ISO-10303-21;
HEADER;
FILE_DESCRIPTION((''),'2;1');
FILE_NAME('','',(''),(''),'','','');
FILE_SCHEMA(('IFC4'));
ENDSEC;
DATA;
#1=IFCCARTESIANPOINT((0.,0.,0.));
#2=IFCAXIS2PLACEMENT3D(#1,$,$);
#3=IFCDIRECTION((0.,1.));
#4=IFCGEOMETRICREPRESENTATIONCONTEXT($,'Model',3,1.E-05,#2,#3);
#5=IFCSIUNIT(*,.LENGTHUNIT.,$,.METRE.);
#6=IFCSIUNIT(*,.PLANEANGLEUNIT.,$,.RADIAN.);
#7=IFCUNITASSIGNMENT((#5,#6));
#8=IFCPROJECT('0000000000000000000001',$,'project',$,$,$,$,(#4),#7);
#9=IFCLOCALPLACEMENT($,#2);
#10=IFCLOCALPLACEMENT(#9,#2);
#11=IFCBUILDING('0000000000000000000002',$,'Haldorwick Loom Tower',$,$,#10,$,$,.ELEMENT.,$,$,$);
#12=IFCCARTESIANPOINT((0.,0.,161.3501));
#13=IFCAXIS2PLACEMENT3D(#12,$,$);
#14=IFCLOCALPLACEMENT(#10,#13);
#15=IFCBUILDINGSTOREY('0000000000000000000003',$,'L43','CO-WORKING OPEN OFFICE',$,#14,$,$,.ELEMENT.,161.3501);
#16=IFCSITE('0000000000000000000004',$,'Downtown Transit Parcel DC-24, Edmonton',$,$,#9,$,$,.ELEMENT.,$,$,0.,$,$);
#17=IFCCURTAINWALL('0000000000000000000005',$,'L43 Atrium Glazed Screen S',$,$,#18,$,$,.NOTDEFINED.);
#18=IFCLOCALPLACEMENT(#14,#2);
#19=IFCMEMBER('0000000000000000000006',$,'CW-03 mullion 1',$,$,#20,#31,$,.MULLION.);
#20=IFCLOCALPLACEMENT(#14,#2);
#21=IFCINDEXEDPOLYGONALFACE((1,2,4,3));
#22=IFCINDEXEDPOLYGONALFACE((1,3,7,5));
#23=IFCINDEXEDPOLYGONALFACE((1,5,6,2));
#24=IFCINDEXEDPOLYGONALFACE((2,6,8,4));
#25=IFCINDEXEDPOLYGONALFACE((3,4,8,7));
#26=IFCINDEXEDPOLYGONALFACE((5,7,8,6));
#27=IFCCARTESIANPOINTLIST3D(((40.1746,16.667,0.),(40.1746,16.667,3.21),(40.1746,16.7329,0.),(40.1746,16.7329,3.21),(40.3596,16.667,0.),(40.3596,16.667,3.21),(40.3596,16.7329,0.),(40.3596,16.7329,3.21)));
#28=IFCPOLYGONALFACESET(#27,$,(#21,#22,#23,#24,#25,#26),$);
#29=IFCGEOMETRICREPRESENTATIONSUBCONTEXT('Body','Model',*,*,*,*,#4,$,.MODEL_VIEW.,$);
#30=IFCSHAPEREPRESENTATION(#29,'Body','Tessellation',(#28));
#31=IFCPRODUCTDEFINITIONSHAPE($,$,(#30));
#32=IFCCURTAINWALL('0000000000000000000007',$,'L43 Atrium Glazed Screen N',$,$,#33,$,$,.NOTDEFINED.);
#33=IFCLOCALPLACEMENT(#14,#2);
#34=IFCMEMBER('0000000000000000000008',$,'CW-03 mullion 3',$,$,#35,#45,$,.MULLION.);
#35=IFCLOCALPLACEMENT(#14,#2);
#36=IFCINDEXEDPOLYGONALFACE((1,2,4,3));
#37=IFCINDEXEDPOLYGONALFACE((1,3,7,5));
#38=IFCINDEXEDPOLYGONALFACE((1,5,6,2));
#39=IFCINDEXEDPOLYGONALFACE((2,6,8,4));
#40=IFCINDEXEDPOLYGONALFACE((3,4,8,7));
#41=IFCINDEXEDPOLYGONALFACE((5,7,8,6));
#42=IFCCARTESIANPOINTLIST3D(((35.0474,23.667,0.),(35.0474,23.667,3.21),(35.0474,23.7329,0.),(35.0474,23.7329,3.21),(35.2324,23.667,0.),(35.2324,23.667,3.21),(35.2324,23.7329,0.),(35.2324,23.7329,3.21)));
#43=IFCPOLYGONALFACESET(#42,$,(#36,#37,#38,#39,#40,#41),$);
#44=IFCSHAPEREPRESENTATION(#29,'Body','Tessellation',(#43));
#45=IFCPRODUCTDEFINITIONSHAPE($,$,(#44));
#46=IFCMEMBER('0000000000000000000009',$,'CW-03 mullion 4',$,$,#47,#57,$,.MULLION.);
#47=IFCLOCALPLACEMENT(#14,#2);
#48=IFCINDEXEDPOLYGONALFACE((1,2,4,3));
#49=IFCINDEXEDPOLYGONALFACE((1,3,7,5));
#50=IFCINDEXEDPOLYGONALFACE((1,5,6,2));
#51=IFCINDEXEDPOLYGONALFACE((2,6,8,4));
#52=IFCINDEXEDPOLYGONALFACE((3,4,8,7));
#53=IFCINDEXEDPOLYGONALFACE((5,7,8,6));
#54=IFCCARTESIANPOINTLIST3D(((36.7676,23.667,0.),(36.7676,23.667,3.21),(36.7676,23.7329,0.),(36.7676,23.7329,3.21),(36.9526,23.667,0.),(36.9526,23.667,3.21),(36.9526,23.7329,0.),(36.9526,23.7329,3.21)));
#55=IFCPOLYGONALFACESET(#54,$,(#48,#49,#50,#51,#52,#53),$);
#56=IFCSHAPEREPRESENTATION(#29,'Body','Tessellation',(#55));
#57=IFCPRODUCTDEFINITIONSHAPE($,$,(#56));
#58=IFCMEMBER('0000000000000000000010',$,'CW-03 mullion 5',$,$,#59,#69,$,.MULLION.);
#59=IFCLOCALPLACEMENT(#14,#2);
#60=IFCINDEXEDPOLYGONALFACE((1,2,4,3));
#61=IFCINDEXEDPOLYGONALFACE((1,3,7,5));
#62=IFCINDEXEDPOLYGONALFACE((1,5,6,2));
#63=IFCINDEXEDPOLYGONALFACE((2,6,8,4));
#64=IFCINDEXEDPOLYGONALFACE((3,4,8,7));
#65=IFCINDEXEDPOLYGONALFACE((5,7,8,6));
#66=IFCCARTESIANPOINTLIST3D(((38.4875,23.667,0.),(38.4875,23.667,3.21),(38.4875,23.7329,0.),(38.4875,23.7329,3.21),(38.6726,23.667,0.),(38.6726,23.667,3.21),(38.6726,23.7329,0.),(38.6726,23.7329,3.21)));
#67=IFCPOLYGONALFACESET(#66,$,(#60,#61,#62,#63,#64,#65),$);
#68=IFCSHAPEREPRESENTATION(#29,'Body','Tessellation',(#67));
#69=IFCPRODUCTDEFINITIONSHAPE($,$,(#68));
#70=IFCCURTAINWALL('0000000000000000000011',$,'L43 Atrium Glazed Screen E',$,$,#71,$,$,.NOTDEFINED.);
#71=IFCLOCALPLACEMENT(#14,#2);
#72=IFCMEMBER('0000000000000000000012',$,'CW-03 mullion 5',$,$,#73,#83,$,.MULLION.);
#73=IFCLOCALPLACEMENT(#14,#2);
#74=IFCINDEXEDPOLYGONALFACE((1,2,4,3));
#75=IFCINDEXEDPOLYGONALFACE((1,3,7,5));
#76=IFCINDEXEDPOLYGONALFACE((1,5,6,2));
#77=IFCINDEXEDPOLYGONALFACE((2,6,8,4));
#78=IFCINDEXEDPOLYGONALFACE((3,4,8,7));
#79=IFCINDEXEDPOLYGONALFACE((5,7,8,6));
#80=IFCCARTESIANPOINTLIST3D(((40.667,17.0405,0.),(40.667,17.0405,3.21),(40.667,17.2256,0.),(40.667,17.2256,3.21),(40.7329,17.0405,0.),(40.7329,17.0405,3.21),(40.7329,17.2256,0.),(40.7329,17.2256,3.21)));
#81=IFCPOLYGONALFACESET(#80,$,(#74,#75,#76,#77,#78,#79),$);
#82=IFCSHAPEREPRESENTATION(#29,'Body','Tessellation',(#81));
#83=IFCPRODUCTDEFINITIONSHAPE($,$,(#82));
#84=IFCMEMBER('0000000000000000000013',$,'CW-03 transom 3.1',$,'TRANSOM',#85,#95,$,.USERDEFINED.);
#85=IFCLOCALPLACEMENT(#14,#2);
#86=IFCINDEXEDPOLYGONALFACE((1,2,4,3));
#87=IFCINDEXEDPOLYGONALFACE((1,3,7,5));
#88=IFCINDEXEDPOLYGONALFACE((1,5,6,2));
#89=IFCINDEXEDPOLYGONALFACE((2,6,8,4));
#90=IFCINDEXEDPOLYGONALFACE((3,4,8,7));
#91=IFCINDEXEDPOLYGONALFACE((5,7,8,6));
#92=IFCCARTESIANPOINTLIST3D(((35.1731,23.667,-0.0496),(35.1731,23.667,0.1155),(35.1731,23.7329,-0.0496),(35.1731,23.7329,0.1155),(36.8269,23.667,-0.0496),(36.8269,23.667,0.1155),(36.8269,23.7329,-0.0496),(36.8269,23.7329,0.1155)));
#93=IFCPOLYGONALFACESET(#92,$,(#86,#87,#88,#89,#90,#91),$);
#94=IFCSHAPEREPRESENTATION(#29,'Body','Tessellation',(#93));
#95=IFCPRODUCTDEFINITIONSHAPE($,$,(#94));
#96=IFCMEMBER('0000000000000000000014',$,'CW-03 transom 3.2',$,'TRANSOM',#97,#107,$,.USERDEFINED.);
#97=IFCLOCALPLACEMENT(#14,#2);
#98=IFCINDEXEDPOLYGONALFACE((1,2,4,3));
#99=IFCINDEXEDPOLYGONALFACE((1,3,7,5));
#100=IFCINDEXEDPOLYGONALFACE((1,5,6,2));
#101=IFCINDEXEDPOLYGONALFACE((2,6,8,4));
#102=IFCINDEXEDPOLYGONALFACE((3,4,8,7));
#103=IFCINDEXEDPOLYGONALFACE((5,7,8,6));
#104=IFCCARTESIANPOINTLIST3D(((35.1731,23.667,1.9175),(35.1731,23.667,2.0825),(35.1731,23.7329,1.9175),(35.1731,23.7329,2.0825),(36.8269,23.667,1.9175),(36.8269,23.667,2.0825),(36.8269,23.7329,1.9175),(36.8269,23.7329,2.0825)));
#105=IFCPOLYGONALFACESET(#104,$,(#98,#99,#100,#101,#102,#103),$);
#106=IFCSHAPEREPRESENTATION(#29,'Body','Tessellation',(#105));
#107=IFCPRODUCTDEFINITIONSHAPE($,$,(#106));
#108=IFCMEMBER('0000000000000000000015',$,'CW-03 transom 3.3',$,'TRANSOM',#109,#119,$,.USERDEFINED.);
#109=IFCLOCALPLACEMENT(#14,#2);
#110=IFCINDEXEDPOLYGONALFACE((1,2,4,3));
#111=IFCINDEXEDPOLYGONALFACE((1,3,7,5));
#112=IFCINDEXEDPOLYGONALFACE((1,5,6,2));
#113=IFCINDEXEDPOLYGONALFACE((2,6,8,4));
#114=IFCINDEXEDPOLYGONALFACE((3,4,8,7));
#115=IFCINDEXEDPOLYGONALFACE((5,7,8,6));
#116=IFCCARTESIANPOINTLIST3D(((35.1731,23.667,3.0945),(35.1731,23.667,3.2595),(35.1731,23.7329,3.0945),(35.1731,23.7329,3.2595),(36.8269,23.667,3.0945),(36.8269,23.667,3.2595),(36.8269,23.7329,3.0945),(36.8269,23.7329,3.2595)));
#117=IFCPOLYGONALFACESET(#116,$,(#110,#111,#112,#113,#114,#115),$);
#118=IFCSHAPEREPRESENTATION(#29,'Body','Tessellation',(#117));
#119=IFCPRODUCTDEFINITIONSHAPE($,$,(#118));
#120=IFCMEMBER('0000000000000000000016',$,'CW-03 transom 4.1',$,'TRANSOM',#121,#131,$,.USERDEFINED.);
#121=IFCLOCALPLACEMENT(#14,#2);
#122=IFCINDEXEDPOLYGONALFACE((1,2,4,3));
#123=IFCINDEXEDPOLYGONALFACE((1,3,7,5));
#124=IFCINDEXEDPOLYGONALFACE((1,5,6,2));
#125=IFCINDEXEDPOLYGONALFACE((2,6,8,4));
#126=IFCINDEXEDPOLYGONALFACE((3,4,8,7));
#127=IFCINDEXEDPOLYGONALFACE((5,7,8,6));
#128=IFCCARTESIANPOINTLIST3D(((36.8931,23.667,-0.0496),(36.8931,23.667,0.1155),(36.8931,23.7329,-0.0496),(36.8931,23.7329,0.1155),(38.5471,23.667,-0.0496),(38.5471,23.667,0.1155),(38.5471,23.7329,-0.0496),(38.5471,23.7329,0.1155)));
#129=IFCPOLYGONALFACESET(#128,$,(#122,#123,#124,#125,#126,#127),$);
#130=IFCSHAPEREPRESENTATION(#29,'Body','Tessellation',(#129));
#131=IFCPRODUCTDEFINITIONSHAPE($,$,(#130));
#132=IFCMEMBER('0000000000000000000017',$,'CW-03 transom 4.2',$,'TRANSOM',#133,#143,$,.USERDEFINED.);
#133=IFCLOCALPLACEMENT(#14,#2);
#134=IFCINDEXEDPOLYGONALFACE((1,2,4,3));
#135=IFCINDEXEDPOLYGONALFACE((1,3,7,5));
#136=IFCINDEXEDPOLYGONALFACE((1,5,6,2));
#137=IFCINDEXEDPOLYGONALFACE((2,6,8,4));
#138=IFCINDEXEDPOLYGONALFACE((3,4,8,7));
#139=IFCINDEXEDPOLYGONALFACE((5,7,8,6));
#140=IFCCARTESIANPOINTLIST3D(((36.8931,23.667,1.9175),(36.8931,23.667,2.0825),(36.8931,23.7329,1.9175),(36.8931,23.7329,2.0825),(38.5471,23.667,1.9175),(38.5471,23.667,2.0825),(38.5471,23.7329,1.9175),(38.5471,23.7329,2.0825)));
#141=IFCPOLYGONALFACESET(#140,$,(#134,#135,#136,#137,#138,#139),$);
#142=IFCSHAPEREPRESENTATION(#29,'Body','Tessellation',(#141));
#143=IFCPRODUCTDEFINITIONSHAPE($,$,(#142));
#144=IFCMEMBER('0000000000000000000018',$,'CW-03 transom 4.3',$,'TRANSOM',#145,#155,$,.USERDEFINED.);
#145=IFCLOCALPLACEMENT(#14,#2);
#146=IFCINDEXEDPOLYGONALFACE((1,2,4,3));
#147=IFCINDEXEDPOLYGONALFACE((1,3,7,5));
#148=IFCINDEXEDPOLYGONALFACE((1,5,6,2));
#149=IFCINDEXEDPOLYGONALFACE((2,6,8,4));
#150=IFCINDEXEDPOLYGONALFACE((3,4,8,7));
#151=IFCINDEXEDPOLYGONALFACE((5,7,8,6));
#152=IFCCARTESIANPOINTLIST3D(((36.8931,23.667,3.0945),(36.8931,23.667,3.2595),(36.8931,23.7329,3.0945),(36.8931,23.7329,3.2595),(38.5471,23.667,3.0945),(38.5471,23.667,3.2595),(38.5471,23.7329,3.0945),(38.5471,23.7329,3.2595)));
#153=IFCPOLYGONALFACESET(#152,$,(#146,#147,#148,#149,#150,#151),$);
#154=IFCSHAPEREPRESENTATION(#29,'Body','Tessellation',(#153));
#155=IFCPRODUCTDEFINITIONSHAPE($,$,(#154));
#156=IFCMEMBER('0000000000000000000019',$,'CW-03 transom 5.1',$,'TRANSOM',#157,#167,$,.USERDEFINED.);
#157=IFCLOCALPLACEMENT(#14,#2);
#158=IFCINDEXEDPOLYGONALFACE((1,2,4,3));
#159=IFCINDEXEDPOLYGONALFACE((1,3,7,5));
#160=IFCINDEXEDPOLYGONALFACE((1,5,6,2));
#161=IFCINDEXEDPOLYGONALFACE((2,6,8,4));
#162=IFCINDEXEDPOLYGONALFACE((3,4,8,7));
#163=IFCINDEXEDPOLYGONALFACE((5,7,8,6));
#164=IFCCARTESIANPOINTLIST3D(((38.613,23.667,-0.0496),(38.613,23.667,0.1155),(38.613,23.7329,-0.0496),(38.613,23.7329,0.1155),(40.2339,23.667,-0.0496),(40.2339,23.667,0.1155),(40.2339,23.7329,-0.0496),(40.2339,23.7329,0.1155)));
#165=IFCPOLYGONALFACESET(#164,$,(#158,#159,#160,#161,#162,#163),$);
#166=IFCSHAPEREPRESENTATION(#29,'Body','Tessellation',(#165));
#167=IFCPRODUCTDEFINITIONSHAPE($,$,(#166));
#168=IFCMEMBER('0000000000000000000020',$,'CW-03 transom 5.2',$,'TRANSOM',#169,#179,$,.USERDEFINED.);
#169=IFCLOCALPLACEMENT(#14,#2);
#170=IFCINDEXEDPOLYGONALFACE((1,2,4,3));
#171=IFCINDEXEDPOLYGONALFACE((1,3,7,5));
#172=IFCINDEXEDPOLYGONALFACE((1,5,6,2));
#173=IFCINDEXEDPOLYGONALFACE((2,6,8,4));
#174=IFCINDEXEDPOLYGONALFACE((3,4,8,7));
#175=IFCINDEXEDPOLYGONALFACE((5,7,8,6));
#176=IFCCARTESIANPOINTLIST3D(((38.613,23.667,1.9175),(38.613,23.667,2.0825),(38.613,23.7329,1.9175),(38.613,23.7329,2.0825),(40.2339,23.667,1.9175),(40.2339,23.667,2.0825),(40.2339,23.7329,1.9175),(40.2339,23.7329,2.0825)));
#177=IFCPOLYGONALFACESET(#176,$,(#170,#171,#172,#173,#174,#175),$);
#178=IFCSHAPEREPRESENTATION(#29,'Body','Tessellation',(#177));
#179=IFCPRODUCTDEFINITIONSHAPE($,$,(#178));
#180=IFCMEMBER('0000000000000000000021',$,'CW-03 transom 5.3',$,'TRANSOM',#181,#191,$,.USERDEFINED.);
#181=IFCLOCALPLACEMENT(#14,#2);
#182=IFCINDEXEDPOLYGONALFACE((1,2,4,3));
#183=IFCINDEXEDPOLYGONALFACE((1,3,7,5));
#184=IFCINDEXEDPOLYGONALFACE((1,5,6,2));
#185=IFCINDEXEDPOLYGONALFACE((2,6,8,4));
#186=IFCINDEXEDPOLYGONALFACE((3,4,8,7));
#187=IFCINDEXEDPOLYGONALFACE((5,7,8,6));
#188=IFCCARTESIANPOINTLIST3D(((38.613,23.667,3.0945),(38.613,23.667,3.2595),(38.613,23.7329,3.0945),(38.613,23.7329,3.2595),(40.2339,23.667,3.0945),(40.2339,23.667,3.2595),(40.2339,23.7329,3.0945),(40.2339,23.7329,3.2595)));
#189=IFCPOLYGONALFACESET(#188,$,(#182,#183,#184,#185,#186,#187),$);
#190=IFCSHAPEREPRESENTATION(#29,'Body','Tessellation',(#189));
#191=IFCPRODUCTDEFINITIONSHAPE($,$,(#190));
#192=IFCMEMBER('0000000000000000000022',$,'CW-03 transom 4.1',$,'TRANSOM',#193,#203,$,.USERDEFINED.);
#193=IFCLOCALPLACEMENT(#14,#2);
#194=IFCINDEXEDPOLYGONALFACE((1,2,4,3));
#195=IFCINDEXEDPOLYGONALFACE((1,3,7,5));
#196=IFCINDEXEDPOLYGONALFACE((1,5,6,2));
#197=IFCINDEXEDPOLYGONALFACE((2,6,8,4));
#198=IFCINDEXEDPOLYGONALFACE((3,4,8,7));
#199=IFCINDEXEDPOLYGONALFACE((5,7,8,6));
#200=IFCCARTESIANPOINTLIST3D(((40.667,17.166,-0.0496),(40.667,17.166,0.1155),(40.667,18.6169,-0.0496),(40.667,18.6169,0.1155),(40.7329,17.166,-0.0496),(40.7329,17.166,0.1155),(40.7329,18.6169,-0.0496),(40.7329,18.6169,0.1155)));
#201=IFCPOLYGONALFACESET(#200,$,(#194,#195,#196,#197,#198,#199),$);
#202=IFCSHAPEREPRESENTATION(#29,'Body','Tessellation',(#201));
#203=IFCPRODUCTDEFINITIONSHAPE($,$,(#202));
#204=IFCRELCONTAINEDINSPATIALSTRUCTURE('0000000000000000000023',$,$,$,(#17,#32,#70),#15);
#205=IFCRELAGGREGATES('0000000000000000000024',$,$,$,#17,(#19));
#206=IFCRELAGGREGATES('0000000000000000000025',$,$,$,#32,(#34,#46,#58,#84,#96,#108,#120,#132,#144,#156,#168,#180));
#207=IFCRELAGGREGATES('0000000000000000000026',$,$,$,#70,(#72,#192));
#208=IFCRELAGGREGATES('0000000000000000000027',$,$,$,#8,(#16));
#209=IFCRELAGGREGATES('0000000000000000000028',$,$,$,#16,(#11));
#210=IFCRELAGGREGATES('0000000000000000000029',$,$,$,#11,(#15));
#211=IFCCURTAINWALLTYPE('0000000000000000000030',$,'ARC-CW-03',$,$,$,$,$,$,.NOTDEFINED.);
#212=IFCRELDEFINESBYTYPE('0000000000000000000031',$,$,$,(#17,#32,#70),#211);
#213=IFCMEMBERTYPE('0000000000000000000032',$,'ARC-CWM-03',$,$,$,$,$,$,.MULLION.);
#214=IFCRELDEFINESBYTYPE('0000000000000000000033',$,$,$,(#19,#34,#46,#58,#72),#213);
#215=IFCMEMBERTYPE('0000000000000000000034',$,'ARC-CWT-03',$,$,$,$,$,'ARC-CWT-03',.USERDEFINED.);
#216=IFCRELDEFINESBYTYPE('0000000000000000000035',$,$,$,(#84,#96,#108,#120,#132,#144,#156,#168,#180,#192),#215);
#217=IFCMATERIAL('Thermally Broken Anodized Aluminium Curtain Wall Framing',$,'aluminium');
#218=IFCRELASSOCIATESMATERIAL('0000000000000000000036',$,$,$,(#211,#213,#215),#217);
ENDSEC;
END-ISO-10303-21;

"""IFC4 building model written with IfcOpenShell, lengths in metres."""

from ifc_helpers import new_model, si_unit, direction, frame, origin, origin_2d, place, context, subcontext, project, spatial, rectangle, extrude, material, material_profile, profile_set, type_object, element, aggregate, save


model = new_model("IFC4")

# Units and contexts
model_context = context("Model", 3, precision=1e-05, world=origin(), true_north=direction((0.0, 1.0)))
body_context = subcontext(model_context, "Body", "Model", "MODEL_VIEW")
ifc_project = project(units=[si_unit("LENGTHUNIT", "METRE"), si_unit("PLANEANGLEUNIT", "RADIAN")], contexts=[model_context])

# Site, building, storey
site_placement = place(None, origin())
site = spatial("IfcSite", under=ifc_project, at=site_placement, Name="Downtown Transit Parcel DC-24, Edmonton", CompositionType="ELEMENT", RefElevation=0.0)
building_placement = place(site_placement, origin())
building = spatial("IfcBuilding", under=site, at=building_placement, Name="Haldorwick Loom Tower", CompositionType="ELEMENT")
storey_placement = place(building_placement, frame((0.0, 0.0, 161.3501)))
storey = spatial("IfcBuildingStorey", under=building, at=storey_placement, Name="L43", Description="CO-WORKING OPEN OFFICE", CompositionType="ELEMENT", Elevation=161.3501)

# Curtain wall, member
ifc_material_1 = material(Name="Thermally Broken Anodized Aluminium Curtain Wall Framing", Category="aluminium")
curtain_wall_type = type_object("IfcCurtainWallType", Name="ARC-CW-03", PredefinedType="NOTDEFINED", material=ifc_material_1)
curtain_wall_1_placement = place(storey_placement, origin())
curtain_wall_1 = element("IfcCurtainWall", 1, at=curtain_wall_1_placement, inside=storey, type_object=curtain_wall_type, Name="L43 Atrium Glazed Screen S", PredefinedType="NOTDEFINED")
ifc_material_profile_1 = material_profile(ifc_material_1, rectangle(XDim=0.0659, YDim=0.1851, at=origin_2d()), Name="ALU_MUL_66X185", Category="aluminium")
ifc_profile_set_1 = profile_set([ifc_material_profile_1], Name="Thermally Broken Anodized Aluminium Curtain Wall Framing")
member_type_1 = type_object("IfcMemberType", Name="ARC-CWM-03", PredefinedType="MULLION", material=ifc_profile_set_1)
member_1_placement = place(storey_placement, frame((40.2671, 16.7, 0.0), z_axis=(0.0, 0.0, 1.0), x_axis=(0.0, -1.0, 0.0)))
member_1 = element("IfcMember", 2, at=member_1_placement, type_object=member_type_1, Name="CW-03 mullion 1", PredefinedType="MULLION", context=body_context, shape_type="SweptSolid", body=[
    extrude(rectangle(XDim=0.0659, YDim=0.1851, at=origin_2d()), origin(), (0.0, 0.0, 1.0), 3.21),
])
aggregate(curtain_wall_1, [member_1])

# Curtain wall, members
curtain_wall_2_placement = place(storey_placement, origin())
curtain_wall_2 = element("IfcCurtainWall", 3, at=curtain_wall_2_placement, inside=storey, type_object=curtain_wall_type, Name="L43 Atrium Glazed Screen N", PredefinedType="NOTDEFINED")
member_2_placement = place(storey_placement, frame((35.1399, 23.7, 0.0), z_axis=(0.0, 0.0, 1.0), x_axis=(0.0, 1.0, 0.0)))
member_2 = element("IfcMember", 4, at=member_2_placement, type_object=member_type_1, Name="CW-03 mullion 3", PredefinedType="MULLION", context=body_context, shape_type="SweptSolid", body=[
    extrude(rectangle(XDim=0.0659, YDim=0.1851, at=origin_2d()), origin(), (0.0, 0.0, 1.0), 3.21),
])
member_3_placement = place(storey_placement, frame((36.8601, 23.7, 0.0), z_axis=(0.0, 0.0, 1.0), x_axis=(0.0, 1.0, 0.0)))
member_3 = element("IfcMember", 5, at=member_3_placement, type_object=member_type_1, Name="CW-03 mullion 4", PredefinedType="MULLION", context=body_context, shape_type="SweptSolid", body=[
    extrude(rectangle(XDim=0.0659, YDim=0.1851, at=origin_2d()), origin(), (0.0, 0.0, 1.0), 3.21),
])
member_4_placement = place(storey_placement, frame((38.5801, 23.7, 0.0), z_axis=(0.0, 0.0, 1.0), x_axis=(0.0, 1.0, 0.0)))
member_4 = element("IfcMember", 6, at=member_4_placement, type_object=member_type_1, Name="CW-03 mullion 5", PredefinedType="MULLION", context=body_context, shape_type="SweptSolid", body=[
    extrude(rectangle(XDim=0.0659, YDim=0.1851, at=origin_2d()), origin(), (0.0, 0.0, 1.0), 3.21),
])

# Curtain wall, member
curtain_wall_3_placement = place(storey_placement, origin())
curtain_wall_3 = element("IfcCurtainWall", 7, at=curtain_wall_3_placement, inside=storey, type_object=curtain_wall_type, Name="L43 Atrium Glazed Screen E", PredefinedType="NOTDEFINED")
member_5_placement = place(storey_placement, frame((40.7, 17.1331, 0.0), z_axis=(0.0, 0.0, 1.0), x_axis=(1.0, 0.0, 0.0)))
member_5 = element("IfcMember", 8, at=member_5_placement, type_object=member_type_1, Name="CW-03 mullion 5", PredefinedType="MULLION", context=body_context, shape_type="SweptSolid", body=[
    extrude(rectangle(XDim=0.0659, YDim=0.1851, at=origin_2d()), origin(), (0.0, 0.0, 1.0), 3.21),
])

# Members
ifc_material_profile_2 = material_profile(ifc_material_1, rectangle(XDim=0.0659, YDim=0.165, at=origin_2d()), Name="ALU_TRN_66X165", Category="aluminium")
ifc_profile_set_2 = profile_set([ifc_material_profile_2], Name="Thermally Broken Anodized Aluminium Curtain Wall Framing")
member_type_2 = type_object("IfcMemberType", Name="ARC-CWT-03", ElementType="ARC-CWT-03", PredefinedType="USERDEFINED", material=ifc_profile_set_2)
member_6_placement = place(storey_placement, frame((35.1731, 23.7, 0.033), z_axis=(1.0, 0.0, 0.0), x_axis=(0.0, 1.0, 0.0)))
member_6 = element("IfcMember", 9, at=member_6_placement, type_object=member_type_2, Name="CW-03 transom 3.1", ObjectType="TRANSOM", PredefinedType="USERDEFINED", context=body_context, shape_type="SweptSolid", body=[
    extrude(rectangle(XDim=0.0659, YDim=0.165, at=origin_2d()), origin(), (0.0, 0.0, 1.0), 1.6538),
])
member_7_placement = place(storey_placement, frame((35.1731, 23.7, 2.0), z_axis=(1.0, 0.0, 0.0), x_axis=(0.0, 1.0, 0.0)))
member_7 = element("IfcMember", 10, at=member_7_placement, type_object=member_type_2, Name="CW-03 transom 3.2", ObjectType="TRANSOM", PredefinedType="USERDEFINED", context=body_context, shape_type="SweptSolid", body=[
    extrude(rectangle(XDim=0.0659, YDim=0.165, at=origin_2d()), origin(), (0.0, 0.0, 1.0), 1.6538),
])
member_8_placement = place(storey_placement, frame((35.1731, 23.7, 3.177), z_axis=(1.0, 0.0, 0.0), x_axis=(0.0, 1.0, 0.0)))
member_8 = element("IfcMember", 11, at=member_8_placement, type_object=member_type_2, Name="CW-03 transom 3.3", ObjectType="TRANSOM", PredefinedType="USERDEFINED", context=body_context, shape_type="SweptSolid", body=[
    extrude(rectangle(XDim=0.0659, YDim=0.165, at=origin_2d()), origin(), (0.0, 0.0, 1.0), 1.6538),
])
member_9_placement = place(storey_placement, frame((36.8931, 23.7, 0.033), z_axis=(1.0, 0.0, 0.0), x_axis=(0.0, 1.0, 0.0)))
member_9 = element("IfcMember", 12, at=member_9_placement, type_object=member_type_2, Name="CW-03 transom 4.1", ObjectType="TRANSOM", PredefinedType="USERDEFINED", context=body_context, shape_type="SweptSolid", body=[
    extrude(rectangle(XDim=0.0659, YDim=0.165, at=origin_2d()), origin(), (0.0, 0.0, 1.0), 1.6541),
])
member_10_placement = place(storey_placement, frame((36.8931, 23.7, 2.0), z_axis=(1.0, 0.0, 0.0), x_axis=(0.0, 1.0, 0.0)))
member_10 = element("IfcMember", 13, at=member_10_placement, type_object=member_type_2, Name="CW-03 transom 4.2", ObjectType="TRANSOM", PredefinedType="USERDEFINED", context=body_context, shape_type="SweptSolid", body=[
    extrude(rectangle(XDim=0.0659, YDim=0.165, at=origin_2d()), origin(), (0.0, 0.0, 1.0), 1.6541),
])
member_11_placement = place(storey_placement, frame((36.8931, 23.7, 3.177), z_axis=(1.0, 0.0, 0.0), x_axis=(0.0, 1.0, 0.0)))
member_11 = element("IfcMember", 14, at=member_11_placement, type_object=member_type_2, Name="CW-03 transom 4.3", ObjectType="TRANSOM", PredefinedType="USERDEFINED", context=body_context, shape_type="SweptSolid", body=[
    extrude(rectangle(XDim=0.0659, YDim=0.165, at=origin_2d()), origin(), (0.0, 0.0, 1.0), 1.6541),
])
member_12_placement = place(storey_placement, frame((38.613, 23.7, 0.033), z_axis=(1.0, 0.0, 0.0), x_axis=(0.0, 1.0, 0.0)))
member_12 = element("IfcMember", 15, at=member_12_placement, type_object=member_type_2, Name="CW-03 transom 5.1", ObjectType="TRANSOM", PredefinedType="USERDEFINED", context=body_context, shape_type="SweptSolid", body=[
    extrude(rectangle(XDim=0.0659, YDim=0.165, at=origin_2d()), origin(), (0.0, 0.0, 1.0), 1.6208),
])
member_13_placement = place(storey_placement, frame((38.613, 23.7, 2.0), z_axis=(1.0, 0.0, 0.0), x_axis=(0.0, 1.0, 0.0)))
member_13 = element("IfcMember", 16, at=member_13_placement, type_object=member_type_2, Name="CW-03 transom 5.2", ObjectType="TRANSOM", PredefinedType="USERDEFINED", context=body_context, shape_type="SweptSolid", body=[
    extrude(rectangle(XDim=0.0659, YDim=0.165, at=origin_2d()), origin(), (0.0, 0.0, 1.0), 1.6208),
])
member_14_placement = place(storey_placement, frame((38.613, 23.7, 3.177), z_axis=(1.0, 0.0, 0.0), x_axis=(0.0, 1.0, 0.0)))
member_14 = element("IfcMember", 17, at=member_14_placement, type_object=member_type_2, Name="CW-03 transom 5.3", ObjectType="TRANSOM", PredefinedType="USERDEFINED", context=body_context, shape_type="SweptSolid", body=[
    extrude(rectangle(XDim=0.0659, YDim=0.165, at=origin_2d()), origin(), (0.0, 0.0, 1.0), 1.6208),
])
member_15_placement = place(storey_placement, frame((40.7, 18.6169, 0.033), z_axis=(0.0, -1.0, 0.0), x_axis=(1.0, 0.0, 0.0)))
member_15 = element("IfcMember", 18, at=member_15_placement, type_object=member_type_2, Name="CW-03 transom 4.1", ObjectType="TRANSOM", PredefinedType="USERDEFINED", context=body_context, shape_type="SweptSolid", body=[
    extrude(rectangle(XDim=0.0659, YDim=0.165, at=origin_2d()), origin(), (0.0, 0.0, 1.0), 1.4509),
])

aggregate(curtain_wall_2, [member_2, member_3, member_4, member_6, member_7, member_8, member_9, member_10, member_11, member_12, member_13, member_14])
aggregate(curtain_wall_3, [member_5, member_15])

save(model, "model.ifc")
